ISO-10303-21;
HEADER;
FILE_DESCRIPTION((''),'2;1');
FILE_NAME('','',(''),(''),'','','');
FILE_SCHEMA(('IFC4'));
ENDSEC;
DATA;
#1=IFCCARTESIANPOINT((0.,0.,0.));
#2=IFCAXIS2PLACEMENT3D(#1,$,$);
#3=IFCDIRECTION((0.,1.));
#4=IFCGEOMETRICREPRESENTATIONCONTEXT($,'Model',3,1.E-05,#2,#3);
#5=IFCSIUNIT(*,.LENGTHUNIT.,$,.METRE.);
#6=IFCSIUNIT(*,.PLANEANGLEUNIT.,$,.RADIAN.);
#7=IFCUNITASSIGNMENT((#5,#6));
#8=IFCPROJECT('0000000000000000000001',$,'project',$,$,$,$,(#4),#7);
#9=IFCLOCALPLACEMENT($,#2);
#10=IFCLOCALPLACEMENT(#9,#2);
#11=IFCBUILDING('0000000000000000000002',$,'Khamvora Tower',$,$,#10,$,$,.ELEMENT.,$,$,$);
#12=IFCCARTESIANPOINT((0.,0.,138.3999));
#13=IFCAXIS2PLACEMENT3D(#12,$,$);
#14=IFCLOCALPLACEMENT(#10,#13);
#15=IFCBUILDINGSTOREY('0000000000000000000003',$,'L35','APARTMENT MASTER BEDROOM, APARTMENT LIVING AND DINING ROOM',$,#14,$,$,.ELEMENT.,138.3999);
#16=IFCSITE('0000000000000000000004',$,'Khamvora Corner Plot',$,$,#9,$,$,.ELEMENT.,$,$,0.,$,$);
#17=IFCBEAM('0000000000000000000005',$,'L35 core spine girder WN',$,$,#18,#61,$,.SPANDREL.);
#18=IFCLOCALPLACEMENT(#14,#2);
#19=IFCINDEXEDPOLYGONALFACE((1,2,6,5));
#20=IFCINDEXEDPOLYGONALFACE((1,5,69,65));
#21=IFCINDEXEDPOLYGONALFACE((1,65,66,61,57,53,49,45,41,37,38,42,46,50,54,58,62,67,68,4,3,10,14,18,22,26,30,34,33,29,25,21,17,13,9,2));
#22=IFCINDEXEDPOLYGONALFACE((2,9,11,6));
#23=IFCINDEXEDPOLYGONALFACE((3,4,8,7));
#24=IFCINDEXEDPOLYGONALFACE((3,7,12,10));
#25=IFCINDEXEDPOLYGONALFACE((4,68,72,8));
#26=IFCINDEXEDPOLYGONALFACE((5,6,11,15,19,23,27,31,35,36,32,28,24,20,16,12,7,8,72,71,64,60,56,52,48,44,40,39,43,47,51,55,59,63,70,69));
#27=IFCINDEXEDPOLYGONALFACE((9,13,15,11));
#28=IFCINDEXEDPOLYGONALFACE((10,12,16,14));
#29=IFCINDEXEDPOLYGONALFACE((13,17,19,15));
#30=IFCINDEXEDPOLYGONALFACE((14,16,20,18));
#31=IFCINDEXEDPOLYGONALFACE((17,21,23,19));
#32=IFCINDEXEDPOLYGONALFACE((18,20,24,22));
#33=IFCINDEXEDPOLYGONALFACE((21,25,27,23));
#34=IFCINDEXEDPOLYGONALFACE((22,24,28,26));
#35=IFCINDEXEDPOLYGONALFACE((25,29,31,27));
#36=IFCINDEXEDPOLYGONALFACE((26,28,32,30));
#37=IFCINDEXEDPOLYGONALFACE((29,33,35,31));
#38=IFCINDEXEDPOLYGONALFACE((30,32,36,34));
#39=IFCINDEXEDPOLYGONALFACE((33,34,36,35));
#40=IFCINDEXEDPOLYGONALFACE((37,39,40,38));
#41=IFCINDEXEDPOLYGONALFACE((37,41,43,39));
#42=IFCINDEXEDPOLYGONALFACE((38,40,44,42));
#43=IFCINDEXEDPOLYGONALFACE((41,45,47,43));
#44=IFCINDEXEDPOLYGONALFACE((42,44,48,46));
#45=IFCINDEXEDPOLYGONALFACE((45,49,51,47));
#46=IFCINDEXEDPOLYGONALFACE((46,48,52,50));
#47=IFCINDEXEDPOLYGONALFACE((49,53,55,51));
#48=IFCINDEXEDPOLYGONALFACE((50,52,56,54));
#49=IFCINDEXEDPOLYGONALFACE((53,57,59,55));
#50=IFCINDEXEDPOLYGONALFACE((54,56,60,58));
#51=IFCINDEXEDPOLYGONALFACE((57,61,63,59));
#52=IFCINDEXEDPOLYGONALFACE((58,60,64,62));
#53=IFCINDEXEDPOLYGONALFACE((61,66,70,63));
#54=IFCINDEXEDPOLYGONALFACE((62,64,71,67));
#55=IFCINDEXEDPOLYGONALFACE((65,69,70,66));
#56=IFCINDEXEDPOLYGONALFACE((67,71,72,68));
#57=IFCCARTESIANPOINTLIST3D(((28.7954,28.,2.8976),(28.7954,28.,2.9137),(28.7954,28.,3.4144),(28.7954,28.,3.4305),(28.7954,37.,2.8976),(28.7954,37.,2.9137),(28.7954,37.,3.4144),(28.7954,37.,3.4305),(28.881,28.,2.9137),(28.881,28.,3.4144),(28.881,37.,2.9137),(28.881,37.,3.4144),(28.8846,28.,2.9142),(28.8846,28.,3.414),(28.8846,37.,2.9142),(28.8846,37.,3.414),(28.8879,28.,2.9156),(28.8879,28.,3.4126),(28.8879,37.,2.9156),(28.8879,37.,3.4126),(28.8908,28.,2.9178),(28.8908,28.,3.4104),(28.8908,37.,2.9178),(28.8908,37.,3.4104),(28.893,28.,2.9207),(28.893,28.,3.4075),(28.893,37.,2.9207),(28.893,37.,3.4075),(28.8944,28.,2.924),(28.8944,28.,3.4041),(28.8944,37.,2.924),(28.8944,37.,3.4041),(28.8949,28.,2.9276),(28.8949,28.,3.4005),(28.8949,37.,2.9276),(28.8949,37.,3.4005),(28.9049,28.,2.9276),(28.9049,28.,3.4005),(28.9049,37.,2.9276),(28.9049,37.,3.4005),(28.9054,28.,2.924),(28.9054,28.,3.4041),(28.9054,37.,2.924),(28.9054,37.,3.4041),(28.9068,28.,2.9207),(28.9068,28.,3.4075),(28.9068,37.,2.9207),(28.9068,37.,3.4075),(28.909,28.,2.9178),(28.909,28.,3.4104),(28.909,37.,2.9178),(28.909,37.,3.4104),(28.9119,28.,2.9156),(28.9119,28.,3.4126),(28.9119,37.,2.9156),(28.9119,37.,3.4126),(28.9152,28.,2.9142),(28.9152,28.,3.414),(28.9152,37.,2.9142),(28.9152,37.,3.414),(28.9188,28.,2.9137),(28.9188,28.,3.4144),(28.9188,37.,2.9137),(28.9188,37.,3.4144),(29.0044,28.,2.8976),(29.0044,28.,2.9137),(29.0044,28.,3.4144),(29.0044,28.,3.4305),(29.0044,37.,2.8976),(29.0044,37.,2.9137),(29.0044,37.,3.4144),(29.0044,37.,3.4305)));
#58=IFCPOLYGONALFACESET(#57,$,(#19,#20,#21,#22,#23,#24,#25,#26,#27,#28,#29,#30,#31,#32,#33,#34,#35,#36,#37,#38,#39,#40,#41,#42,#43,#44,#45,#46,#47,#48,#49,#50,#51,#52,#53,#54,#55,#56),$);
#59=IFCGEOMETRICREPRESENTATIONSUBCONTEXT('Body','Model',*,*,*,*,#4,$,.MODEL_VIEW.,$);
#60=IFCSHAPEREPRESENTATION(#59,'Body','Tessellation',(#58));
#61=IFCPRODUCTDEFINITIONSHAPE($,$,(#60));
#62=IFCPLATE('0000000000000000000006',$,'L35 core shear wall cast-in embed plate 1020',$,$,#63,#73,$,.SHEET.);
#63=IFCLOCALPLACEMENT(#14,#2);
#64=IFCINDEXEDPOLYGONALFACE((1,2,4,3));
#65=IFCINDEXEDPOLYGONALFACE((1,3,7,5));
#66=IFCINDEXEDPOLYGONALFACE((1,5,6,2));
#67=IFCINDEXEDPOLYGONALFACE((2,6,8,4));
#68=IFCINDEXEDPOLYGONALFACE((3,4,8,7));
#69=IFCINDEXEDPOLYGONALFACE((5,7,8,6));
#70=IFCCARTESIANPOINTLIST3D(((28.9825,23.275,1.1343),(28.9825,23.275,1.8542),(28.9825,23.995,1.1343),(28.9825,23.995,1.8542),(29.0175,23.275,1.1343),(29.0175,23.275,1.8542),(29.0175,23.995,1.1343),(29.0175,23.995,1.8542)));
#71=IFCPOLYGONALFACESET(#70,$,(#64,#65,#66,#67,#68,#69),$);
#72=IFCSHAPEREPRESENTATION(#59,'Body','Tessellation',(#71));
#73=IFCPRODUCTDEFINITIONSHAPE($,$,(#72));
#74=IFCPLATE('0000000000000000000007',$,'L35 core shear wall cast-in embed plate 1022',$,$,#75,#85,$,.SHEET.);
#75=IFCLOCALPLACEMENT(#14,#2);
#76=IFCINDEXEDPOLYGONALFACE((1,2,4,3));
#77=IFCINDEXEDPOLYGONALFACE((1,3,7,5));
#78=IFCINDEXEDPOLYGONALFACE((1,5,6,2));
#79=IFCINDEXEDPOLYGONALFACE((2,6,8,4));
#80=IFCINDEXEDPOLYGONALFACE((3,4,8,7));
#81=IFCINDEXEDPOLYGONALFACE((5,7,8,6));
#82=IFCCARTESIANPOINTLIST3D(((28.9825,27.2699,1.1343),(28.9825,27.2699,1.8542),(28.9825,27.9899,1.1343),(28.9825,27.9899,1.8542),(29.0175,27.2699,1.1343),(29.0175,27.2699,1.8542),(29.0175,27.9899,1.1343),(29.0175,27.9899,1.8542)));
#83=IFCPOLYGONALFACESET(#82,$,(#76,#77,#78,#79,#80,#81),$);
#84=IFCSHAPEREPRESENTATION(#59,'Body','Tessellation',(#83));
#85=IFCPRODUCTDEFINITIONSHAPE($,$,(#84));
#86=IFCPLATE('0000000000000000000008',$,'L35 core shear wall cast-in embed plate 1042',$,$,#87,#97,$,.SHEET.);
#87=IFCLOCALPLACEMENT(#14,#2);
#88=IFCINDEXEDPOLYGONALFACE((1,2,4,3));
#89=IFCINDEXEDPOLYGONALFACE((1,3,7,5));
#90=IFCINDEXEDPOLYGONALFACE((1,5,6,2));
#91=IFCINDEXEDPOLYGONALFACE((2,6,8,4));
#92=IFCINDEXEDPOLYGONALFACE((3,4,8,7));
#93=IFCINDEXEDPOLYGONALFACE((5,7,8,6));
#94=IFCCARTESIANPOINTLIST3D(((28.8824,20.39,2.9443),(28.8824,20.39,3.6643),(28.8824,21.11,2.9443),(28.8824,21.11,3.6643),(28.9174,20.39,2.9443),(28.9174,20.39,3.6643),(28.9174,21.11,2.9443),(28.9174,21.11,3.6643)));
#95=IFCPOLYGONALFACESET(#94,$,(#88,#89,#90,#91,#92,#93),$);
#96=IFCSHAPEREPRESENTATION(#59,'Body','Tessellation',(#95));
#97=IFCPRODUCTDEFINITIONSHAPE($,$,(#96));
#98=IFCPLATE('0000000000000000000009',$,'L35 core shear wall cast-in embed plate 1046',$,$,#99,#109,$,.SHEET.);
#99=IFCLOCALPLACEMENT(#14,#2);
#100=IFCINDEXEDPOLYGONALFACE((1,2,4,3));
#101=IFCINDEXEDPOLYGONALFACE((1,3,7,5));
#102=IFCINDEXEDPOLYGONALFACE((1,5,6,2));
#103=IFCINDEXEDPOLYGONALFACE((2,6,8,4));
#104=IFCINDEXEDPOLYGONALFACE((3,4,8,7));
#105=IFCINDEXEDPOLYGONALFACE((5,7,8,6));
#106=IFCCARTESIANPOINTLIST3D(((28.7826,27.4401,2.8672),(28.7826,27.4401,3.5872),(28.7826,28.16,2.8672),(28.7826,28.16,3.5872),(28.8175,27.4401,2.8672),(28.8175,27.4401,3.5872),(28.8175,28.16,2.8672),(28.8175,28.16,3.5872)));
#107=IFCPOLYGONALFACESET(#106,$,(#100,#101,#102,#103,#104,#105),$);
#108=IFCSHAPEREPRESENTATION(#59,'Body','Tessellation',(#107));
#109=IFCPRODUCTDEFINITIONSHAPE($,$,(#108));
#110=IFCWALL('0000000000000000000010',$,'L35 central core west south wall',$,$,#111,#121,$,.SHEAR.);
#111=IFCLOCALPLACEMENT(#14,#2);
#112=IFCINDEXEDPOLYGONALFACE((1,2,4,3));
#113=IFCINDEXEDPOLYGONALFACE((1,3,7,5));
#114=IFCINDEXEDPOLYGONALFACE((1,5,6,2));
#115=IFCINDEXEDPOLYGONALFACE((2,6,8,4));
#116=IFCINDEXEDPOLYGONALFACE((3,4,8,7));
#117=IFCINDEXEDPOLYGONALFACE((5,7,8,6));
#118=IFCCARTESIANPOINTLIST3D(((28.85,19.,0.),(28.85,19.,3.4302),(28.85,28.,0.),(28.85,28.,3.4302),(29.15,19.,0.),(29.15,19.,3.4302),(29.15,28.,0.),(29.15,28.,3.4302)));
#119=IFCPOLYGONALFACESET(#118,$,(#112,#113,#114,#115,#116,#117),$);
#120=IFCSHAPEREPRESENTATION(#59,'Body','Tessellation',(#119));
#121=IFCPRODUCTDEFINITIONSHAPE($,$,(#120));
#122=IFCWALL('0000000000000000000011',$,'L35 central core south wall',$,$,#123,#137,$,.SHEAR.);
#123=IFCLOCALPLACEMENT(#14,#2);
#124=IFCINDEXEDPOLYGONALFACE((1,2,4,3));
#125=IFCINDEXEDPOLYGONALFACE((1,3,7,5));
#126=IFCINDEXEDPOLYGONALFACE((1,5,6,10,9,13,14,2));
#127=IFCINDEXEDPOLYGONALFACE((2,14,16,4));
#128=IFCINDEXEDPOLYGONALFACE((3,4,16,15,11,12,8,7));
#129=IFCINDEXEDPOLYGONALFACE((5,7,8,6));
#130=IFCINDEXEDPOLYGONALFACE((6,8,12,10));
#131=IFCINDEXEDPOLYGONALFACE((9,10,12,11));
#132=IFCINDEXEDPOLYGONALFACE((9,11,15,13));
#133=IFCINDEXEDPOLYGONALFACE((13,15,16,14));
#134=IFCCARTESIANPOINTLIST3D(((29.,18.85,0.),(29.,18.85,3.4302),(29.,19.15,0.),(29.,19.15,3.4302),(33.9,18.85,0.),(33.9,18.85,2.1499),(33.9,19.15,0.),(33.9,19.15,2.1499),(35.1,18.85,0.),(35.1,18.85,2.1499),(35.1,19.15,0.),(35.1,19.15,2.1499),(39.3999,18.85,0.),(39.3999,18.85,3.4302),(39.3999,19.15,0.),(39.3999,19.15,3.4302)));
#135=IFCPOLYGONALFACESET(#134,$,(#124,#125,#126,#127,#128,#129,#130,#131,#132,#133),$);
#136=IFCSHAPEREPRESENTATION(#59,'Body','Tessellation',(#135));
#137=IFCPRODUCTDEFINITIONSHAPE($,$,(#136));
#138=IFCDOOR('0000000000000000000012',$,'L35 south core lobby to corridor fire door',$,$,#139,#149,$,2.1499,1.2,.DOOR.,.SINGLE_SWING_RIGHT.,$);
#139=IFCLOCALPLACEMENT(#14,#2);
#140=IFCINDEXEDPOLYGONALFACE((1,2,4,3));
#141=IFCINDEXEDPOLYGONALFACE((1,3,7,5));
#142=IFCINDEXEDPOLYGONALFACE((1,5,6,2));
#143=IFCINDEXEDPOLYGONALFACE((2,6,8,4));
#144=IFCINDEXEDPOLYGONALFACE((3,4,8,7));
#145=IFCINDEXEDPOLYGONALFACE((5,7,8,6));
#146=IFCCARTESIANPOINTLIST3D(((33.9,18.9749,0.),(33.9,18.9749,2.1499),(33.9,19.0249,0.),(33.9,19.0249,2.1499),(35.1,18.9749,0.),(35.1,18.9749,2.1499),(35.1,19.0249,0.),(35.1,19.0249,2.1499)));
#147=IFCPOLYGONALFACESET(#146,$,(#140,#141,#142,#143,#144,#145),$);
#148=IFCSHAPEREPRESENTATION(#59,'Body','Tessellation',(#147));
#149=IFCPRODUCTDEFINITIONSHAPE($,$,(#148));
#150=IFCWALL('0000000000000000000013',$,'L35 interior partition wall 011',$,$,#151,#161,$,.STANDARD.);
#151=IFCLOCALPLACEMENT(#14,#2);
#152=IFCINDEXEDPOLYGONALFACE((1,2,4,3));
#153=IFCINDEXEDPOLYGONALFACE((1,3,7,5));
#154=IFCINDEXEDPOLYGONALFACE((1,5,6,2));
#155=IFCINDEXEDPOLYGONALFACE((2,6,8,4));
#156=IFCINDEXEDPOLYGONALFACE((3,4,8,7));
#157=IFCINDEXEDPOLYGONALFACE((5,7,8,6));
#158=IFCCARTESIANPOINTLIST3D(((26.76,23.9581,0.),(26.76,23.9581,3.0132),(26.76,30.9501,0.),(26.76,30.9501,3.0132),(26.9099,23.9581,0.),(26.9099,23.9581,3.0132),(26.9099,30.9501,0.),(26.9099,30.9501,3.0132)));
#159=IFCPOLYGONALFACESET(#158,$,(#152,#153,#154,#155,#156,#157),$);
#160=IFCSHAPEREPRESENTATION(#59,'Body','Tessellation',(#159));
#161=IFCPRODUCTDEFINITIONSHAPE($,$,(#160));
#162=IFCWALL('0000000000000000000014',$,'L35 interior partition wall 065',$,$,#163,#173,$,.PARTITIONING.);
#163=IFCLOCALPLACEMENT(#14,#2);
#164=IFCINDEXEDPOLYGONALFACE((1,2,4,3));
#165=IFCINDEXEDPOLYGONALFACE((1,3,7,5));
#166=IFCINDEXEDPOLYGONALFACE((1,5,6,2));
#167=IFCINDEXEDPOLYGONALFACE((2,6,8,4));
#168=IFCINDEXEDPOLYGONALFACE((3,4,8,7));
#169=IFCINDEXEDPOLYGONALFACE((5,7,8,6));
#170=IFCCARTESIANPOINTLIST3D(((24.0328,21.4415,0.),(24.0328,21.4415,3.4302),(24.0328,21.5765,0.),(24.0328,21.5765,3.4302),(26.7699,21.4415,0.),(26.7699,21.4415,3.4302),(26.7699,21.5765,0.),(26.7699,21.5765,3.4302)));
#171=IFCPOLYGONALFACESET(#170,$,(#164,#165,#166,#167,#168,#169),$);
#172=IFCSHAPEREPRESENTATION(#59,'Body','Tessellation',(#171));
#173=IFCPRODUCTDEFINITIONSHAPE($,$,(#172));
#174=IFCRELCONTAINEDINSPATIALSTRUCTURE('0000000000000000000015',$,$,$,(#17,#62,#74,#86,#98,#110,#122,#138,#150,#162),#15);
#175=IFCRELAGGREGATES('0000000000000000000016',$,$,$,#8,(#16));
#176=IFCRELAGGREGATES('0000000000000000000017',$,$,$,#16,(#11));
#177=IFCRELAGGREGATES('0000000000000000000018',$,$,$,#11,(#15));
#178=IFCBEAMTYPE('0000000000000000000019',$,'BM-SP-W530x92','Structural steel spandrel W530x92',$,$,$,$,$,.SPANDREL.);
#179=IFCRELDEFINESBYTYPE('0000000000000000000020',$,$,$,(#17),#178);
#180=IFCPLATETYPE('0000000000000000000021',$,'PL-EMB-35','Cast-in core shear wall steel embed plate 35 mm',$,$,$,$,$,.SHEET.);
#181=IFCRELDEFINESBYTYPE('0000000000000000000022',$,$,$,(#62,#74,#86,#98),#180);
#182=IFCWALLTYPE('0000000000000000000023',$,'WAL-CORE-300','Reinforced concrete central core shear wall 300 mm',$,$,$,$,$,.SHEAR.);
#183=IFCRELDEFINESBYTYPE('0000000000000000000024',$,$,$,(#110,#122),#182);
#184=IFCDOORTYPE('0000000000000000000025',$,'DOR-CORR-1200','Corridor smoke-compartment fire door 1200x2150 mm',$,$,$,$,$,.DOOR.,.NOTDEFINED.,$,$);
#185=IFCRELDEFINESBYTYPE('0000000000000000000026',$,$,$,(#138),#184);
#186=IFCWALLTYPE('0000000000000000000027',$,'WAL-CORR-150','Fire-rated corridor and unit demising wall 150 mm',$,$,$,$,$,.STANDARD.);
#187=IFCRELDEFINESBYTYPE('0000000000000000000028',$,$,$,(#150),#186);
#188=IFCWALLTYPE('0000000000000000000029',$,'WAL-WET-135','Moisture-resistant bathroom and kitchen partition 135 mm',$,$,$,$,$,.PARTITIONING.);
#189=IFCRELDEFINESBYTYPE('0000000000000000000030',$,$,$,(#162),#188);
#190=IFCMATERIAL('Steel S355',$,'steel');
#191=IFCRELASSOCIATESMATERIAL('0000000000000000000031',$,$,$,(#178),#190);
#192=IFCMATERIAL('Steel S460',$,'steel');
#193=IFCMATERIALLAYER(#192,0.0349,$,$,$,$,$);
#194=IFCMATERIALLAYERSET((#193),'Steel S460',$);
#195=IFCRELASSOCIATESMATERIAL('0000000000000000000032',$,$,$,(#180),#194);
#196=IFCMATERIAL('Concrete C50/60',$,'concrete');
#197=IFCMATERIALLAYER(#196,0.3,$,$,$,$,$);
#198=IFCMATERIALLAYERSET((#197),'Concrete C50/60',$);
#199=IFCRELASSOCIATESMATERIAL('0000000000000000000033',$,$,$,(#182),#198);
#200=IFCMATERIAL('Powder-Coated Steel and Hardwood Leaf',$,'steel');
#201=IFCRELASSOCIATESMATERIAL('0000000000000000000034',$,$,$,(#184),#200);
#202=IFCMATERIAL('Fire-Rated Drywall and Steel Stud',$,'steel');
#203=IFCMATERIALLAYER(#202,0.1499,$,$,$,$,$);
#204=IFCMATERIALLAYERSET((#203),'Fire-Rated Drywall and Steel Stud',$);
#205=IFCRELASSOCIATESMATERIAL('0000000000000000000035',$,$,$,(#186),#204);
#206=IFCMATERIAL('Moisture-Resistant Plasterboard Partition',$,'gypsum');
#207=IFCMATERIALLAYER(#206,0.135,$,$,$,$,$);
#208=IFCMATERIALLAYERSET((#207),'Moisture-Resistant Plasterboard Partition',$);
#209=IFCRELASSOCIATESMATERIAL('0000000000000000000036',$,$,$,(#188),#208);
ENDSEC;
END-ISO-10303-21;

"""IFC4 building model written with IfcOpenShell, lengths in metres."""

from ifc_helpers import new_model, si_unit, direction, frame, frame_2d, origin, origin_2d, place, context, subcontext, project, spatial, rectangle, i_section, extrude, material, layer, layer_set, material_profile, profile_set, type_object, element, fill, save


model = new_model("IFC4")

# Units and contexts
model_context = context("Model", 3, precision=1e-05, world=origin(), true_north=direction((0.0, 1.0)))
body_context = subcontext(model_context, "Body", "Model", "MODEL_VIEW")
ifc_project = project(units=[si_unit("LENGTHUNIT", "METRE"), si_unit("PLANEANGLEUNIT", "RADIAN")], contexts=[model_context])

# Site, building, storey
site_placement = place(None, origin())
site = spatial("IfcSite", under=ifc_project, at=site_placement, Name="Khamvora Corner Plot", CompositionType="ELEMENT", RefElevation=0.0)
building_placement = place(site_placement, origin())
building = spatial("IfcBuilding", under=site, at=building_placement, Name="Khamvora Tower", CompositionType="ELEMENT")
storey_placement = place(building_placement, frame((0.0, 0.0, 138.3999)))
storey = spatial("IfcBuildingStorey", under=building, at=storey_placement, Name="L35", Description="APARTMENT MASTER BEDROOM, APARTMENT LIVING AND DINING ROOM", CompositionType="ELEMENT", Elevation=138.3999)

# Beam
ifc_material_1 = material(Name="Steel S355", Category="steel")
ifc_material_profile_1 = material_profile(ifc_material_1, i_section(OverallWidth=0.209, OverallDepth=0.533, WebThickness=0.01, FlangeThickness=0.0161, FilletRadius=0.0139, at=origin_2d()), Name="W530x92")
ifc_profile_set_1 = profile_set([ifc_material_profile_1], Name="Steel S355")
beam_type_1 = type_object("IfcBeamType", Name="BM-SP-W530x92", Description="Structural steel spandrel W530x92", PredefinedType="SPANDREL", material=ifc_profile_set_1)
beam_1_placement = place(storey_placement, frame((28.8999, 28.0, 3.1641), z_axis=(0.0, 1.0, 0.0), x_axis=(-1.0, 0.0, 0.0)))
element("IfcBeam", 1, at=beam_1_placement, inside=storey, type_object=beam_type_1, Name="L35 core spine girder WN", PredefinedType="SPANDREL", context=body_context, shape_type="SweptSolid", body=[
    extrude(i_section(OverallWidth=0.209, OverallDepth=0.533, WebThickness=0.01, FlangeThickness=0.0161, FilletRadius=0.0139, at=origin_2d()), origin(), (0.0, 0.0, 1.0), 9.0),
])

# Plates
ifc_material_2 = material(Name="Steel S460", Category="steel")
ifc_layer_1 = layer(ifc_material_2, 0.0349)
ifc_layer_set_1 = layer_set([ifc_layer_1], Name="Steel S460")
plate_type = type_object("IfcPlateType", Name="PL-EMB-35", Description="Cast-in core shear wall steel embed plate 35 mm", PredefinedType="SHEET", material=ifc_layer_set_1)
for number, where, z_axis, x_axis, name in (
    (2, (29.0, 23.635, 1.1343), (0.0, 0.0, 1.0), (1.0, 0.0, 0.0), "L35 core shear wall cast-in embed plate 1020"),
    (3, (29.0, 27.6299, 1.1343), (0.0, 0.0, 1.0), (1.0, 0.0, 0.0), "L35 core shear wall cast-in embed plate 1022"),
    (4, (28.8999, 20.75, 2.9443), (0.0, 0.0, 1.0), (1.0, 0.0, 0.0), "L35 core shear wall cast-in embed plate 1042"),
    (5, (28.8, 27.8, 2.8672), (0.0, 0.0, 1.0), (1.0, 0.0, 0.0), "L35 core shear wall cast-in embed plate 1046"),
):
    element("IfcPlate", number, at=place(storey_placement, frame(where, z_axis=z_axis, x_axis=x_axis)), inside=storey, type_object=plate_type, Name=name, PredefinedType="SHEET", context=body_context, shape_type="SweptSolid", body=[
        extrude(rectangle(XDim=0.0349, YDim=0.72, at=origin_2d()), origin(), (0.0, 0.0, 1.0), 0.72),
    ])

# Wall
ifc_material_3 = material(Name="Concrete C50/60", Category="concrete")
ifc_layer_2 = layer(ifc_material_3, 0.3)
ifc_layer_set_2 = layer_set([ifc_layer_2], Name="Concrete C50/60")
wall_type_1 = type_object("IfcWallType", Name="WAL-CORE-300", Description="Reinforced concrete central core shear wall 300 mm", PredefinedType="SHEAR", material=ifc_layer_set_2)
wall_1_placement = place(storey_placement, frame((29.0, 19.0, 0.0), z_axis=(0.0, 0.0, 1.0), x_axis=(0.0, 1.0, 0.0)))
element("IfcWall", 6, at=wall_1_placement, inside=storey, type_object=wall_type_1, Name="L35 central core west south wall", PredefinedType="SHEAR", context=body_context, shape_type="SweptSolid", body=[
    extrude(rectangle(XDim=9.0, YDim=0.3, at=frame_2d((4.5, 0.0))), origin(), (0.0, 0.0, 1.0), 3.4302),
])

# Wall, opening, door
wall_2_placement = place(storey_placement, frame((29.0, 19.0, 0.0), z_axis=(0.0, 0.0, 1.0), x_axis=(1.0, 0.0, 0.0)))
wall_2 = element("IfcWall", 7, at=wall_2_placement, inside=storey, type_object=wall_type_1, Name="L35 central core south wall", PredefinedType="SHEAR", context=body_context, shape_type="SweptSolid", body=[
    extrude(rectangle(XDim=10.3999, YDim=0.3, at=frame_2d((5.2, 0.0))), origin(), (0.0, 0.0, 1.0), 3.4302),
])
opening_1_placement = place(wall_2_placement, frame((4.8999, 0.0, 0.0)))
opening_1 = element("IfcOpeningElement", 8, at=opening_1_placement, cuts=wall_2, PredefinedType="OPENING", context=body_context, shape_type="SweptSolid", body=[
    extrude(rectangle(XDim=1.2, YDim=2.1499, at=frame_2d((0.6001, 1.075))), frame((0.0, 0.1599, 0.0), z_axis=(0.0, -1.0, 0.0), x_axis=(1.0, 0.0, 0.0)), (0.0, 0.0, 1.0), 0.3201),
])
ifc_material_4 = material(Name="Powder-Coated Steel and Hardwood Leaf", Category="steel")
door_type_1 = type_object("IfcDoorType", Name="DOR-CORR-1200", Description="Corridor smoke-compartment fire door 1200x2150 mm", OperationType="NOTDEFINED", PredefinedType="DOOR", material=ifc_material_4)
door_1_placement = place(opening_1_placement, origin())
door_1 = element("IfcDoor", 9, at=door_1_placement, inside=storey, type_object=door_type_1, Name="L35 south core lobby to corridor fire door", OperationType="SINGLE_SWING_RIGHT", OverallHeight=2.1499, OverallWidth=1.2, PredefinedType="DOOR", context=body_context, shape_type="SweptSolid", body=[
    extrude(rectangle(XDim=1.2, YDim=2.1499, at=frame_2d((0.6001, 1.075))), frame((0.0, 0.0249, 0.0), z_axis=(0.0, -1.0, 0.0), x_axis=(1.0, 0.0, 0.0)), (0.0, 0.0, 1.0), 0.05),
])
fill(opening_1, door_1)
ifc_material_5 = material(Name="Fire-Rated Drywall and Steel Stud", Category="steel")
ifc_layer_3 = layer(ifc_material_5, 0.1499)
ifc_layer_set_3 = layer_set([ifc_layer_3], Name="Fire-Rated Drywall and Steel Stud")
wall_type_2 = type_object("IfcWallType", Name="WAL-CORR-150", Description="Fire-rated corridor and unit demising wall 150 mm", PredefinedType="STANDARD", material=ifc_layer_set_3)

# Walls
wall_3_placement = place(storey_placement, frame((26.835, 23.958, 0.0), z_axis=(0.0, 0.0, 1.0), x_axis=(0.0, 1.0, 0.0)))
element("IfcWall", 10, at=wall_3_placement, inside=storey, type_object=wall_type_2, Name="L35 interior partition wall 011", PredefinedType="STANDARD", context=body_context, shape_type="SweptSolid", body=[
    extrude(rectangle(XDim=6.9919, YDim=0.1499, at=frame_2d((3.4961, 0.0))), origin(), (0.0, 0.0, 1.0), 3.0132),
])
ifc_material_6 = material(Name="Moisture-Resistant Plasterboard Partition", Category="gypsum")
ifc_layer_4 = layer(ifc_material_6, 0.135)
ifc_layer_set_4 = layer_set([ifc_layer_4], Name="Moisture-Resistant Plasterboard Partition")
wall_type_3 = type_object("IfcWallType", Name="WAL-WET-135", Description="Moisture-resistant bathroom and kitchen partition 135 mm", PredefinedType="PARTITIONING", material=ifc_layer_set_4)
wall_4_placement = place(storey_placement, frame((26.77, 21.509, 0.0), z_axis=(0.0, 0.0, 1.0), x_axis=(-1.0, 0.0, 0.0)))
element("IfcWall", 11, at=wall_4_placement, inside=storey, type_object=wall_type_3, Name="L35 interior partition wall 065", PredefinedType="PARTITIONING", context=body_context, shape_type="SweptSolid", body=[
    extrude(rectangle(XDim=2.7371, YDim=0.135, at=frame_2d((1.3687, 0.0))), origin(), (0.0, 0.0, 1.0), 3.4302),
])

save(model, "model.ifc")
